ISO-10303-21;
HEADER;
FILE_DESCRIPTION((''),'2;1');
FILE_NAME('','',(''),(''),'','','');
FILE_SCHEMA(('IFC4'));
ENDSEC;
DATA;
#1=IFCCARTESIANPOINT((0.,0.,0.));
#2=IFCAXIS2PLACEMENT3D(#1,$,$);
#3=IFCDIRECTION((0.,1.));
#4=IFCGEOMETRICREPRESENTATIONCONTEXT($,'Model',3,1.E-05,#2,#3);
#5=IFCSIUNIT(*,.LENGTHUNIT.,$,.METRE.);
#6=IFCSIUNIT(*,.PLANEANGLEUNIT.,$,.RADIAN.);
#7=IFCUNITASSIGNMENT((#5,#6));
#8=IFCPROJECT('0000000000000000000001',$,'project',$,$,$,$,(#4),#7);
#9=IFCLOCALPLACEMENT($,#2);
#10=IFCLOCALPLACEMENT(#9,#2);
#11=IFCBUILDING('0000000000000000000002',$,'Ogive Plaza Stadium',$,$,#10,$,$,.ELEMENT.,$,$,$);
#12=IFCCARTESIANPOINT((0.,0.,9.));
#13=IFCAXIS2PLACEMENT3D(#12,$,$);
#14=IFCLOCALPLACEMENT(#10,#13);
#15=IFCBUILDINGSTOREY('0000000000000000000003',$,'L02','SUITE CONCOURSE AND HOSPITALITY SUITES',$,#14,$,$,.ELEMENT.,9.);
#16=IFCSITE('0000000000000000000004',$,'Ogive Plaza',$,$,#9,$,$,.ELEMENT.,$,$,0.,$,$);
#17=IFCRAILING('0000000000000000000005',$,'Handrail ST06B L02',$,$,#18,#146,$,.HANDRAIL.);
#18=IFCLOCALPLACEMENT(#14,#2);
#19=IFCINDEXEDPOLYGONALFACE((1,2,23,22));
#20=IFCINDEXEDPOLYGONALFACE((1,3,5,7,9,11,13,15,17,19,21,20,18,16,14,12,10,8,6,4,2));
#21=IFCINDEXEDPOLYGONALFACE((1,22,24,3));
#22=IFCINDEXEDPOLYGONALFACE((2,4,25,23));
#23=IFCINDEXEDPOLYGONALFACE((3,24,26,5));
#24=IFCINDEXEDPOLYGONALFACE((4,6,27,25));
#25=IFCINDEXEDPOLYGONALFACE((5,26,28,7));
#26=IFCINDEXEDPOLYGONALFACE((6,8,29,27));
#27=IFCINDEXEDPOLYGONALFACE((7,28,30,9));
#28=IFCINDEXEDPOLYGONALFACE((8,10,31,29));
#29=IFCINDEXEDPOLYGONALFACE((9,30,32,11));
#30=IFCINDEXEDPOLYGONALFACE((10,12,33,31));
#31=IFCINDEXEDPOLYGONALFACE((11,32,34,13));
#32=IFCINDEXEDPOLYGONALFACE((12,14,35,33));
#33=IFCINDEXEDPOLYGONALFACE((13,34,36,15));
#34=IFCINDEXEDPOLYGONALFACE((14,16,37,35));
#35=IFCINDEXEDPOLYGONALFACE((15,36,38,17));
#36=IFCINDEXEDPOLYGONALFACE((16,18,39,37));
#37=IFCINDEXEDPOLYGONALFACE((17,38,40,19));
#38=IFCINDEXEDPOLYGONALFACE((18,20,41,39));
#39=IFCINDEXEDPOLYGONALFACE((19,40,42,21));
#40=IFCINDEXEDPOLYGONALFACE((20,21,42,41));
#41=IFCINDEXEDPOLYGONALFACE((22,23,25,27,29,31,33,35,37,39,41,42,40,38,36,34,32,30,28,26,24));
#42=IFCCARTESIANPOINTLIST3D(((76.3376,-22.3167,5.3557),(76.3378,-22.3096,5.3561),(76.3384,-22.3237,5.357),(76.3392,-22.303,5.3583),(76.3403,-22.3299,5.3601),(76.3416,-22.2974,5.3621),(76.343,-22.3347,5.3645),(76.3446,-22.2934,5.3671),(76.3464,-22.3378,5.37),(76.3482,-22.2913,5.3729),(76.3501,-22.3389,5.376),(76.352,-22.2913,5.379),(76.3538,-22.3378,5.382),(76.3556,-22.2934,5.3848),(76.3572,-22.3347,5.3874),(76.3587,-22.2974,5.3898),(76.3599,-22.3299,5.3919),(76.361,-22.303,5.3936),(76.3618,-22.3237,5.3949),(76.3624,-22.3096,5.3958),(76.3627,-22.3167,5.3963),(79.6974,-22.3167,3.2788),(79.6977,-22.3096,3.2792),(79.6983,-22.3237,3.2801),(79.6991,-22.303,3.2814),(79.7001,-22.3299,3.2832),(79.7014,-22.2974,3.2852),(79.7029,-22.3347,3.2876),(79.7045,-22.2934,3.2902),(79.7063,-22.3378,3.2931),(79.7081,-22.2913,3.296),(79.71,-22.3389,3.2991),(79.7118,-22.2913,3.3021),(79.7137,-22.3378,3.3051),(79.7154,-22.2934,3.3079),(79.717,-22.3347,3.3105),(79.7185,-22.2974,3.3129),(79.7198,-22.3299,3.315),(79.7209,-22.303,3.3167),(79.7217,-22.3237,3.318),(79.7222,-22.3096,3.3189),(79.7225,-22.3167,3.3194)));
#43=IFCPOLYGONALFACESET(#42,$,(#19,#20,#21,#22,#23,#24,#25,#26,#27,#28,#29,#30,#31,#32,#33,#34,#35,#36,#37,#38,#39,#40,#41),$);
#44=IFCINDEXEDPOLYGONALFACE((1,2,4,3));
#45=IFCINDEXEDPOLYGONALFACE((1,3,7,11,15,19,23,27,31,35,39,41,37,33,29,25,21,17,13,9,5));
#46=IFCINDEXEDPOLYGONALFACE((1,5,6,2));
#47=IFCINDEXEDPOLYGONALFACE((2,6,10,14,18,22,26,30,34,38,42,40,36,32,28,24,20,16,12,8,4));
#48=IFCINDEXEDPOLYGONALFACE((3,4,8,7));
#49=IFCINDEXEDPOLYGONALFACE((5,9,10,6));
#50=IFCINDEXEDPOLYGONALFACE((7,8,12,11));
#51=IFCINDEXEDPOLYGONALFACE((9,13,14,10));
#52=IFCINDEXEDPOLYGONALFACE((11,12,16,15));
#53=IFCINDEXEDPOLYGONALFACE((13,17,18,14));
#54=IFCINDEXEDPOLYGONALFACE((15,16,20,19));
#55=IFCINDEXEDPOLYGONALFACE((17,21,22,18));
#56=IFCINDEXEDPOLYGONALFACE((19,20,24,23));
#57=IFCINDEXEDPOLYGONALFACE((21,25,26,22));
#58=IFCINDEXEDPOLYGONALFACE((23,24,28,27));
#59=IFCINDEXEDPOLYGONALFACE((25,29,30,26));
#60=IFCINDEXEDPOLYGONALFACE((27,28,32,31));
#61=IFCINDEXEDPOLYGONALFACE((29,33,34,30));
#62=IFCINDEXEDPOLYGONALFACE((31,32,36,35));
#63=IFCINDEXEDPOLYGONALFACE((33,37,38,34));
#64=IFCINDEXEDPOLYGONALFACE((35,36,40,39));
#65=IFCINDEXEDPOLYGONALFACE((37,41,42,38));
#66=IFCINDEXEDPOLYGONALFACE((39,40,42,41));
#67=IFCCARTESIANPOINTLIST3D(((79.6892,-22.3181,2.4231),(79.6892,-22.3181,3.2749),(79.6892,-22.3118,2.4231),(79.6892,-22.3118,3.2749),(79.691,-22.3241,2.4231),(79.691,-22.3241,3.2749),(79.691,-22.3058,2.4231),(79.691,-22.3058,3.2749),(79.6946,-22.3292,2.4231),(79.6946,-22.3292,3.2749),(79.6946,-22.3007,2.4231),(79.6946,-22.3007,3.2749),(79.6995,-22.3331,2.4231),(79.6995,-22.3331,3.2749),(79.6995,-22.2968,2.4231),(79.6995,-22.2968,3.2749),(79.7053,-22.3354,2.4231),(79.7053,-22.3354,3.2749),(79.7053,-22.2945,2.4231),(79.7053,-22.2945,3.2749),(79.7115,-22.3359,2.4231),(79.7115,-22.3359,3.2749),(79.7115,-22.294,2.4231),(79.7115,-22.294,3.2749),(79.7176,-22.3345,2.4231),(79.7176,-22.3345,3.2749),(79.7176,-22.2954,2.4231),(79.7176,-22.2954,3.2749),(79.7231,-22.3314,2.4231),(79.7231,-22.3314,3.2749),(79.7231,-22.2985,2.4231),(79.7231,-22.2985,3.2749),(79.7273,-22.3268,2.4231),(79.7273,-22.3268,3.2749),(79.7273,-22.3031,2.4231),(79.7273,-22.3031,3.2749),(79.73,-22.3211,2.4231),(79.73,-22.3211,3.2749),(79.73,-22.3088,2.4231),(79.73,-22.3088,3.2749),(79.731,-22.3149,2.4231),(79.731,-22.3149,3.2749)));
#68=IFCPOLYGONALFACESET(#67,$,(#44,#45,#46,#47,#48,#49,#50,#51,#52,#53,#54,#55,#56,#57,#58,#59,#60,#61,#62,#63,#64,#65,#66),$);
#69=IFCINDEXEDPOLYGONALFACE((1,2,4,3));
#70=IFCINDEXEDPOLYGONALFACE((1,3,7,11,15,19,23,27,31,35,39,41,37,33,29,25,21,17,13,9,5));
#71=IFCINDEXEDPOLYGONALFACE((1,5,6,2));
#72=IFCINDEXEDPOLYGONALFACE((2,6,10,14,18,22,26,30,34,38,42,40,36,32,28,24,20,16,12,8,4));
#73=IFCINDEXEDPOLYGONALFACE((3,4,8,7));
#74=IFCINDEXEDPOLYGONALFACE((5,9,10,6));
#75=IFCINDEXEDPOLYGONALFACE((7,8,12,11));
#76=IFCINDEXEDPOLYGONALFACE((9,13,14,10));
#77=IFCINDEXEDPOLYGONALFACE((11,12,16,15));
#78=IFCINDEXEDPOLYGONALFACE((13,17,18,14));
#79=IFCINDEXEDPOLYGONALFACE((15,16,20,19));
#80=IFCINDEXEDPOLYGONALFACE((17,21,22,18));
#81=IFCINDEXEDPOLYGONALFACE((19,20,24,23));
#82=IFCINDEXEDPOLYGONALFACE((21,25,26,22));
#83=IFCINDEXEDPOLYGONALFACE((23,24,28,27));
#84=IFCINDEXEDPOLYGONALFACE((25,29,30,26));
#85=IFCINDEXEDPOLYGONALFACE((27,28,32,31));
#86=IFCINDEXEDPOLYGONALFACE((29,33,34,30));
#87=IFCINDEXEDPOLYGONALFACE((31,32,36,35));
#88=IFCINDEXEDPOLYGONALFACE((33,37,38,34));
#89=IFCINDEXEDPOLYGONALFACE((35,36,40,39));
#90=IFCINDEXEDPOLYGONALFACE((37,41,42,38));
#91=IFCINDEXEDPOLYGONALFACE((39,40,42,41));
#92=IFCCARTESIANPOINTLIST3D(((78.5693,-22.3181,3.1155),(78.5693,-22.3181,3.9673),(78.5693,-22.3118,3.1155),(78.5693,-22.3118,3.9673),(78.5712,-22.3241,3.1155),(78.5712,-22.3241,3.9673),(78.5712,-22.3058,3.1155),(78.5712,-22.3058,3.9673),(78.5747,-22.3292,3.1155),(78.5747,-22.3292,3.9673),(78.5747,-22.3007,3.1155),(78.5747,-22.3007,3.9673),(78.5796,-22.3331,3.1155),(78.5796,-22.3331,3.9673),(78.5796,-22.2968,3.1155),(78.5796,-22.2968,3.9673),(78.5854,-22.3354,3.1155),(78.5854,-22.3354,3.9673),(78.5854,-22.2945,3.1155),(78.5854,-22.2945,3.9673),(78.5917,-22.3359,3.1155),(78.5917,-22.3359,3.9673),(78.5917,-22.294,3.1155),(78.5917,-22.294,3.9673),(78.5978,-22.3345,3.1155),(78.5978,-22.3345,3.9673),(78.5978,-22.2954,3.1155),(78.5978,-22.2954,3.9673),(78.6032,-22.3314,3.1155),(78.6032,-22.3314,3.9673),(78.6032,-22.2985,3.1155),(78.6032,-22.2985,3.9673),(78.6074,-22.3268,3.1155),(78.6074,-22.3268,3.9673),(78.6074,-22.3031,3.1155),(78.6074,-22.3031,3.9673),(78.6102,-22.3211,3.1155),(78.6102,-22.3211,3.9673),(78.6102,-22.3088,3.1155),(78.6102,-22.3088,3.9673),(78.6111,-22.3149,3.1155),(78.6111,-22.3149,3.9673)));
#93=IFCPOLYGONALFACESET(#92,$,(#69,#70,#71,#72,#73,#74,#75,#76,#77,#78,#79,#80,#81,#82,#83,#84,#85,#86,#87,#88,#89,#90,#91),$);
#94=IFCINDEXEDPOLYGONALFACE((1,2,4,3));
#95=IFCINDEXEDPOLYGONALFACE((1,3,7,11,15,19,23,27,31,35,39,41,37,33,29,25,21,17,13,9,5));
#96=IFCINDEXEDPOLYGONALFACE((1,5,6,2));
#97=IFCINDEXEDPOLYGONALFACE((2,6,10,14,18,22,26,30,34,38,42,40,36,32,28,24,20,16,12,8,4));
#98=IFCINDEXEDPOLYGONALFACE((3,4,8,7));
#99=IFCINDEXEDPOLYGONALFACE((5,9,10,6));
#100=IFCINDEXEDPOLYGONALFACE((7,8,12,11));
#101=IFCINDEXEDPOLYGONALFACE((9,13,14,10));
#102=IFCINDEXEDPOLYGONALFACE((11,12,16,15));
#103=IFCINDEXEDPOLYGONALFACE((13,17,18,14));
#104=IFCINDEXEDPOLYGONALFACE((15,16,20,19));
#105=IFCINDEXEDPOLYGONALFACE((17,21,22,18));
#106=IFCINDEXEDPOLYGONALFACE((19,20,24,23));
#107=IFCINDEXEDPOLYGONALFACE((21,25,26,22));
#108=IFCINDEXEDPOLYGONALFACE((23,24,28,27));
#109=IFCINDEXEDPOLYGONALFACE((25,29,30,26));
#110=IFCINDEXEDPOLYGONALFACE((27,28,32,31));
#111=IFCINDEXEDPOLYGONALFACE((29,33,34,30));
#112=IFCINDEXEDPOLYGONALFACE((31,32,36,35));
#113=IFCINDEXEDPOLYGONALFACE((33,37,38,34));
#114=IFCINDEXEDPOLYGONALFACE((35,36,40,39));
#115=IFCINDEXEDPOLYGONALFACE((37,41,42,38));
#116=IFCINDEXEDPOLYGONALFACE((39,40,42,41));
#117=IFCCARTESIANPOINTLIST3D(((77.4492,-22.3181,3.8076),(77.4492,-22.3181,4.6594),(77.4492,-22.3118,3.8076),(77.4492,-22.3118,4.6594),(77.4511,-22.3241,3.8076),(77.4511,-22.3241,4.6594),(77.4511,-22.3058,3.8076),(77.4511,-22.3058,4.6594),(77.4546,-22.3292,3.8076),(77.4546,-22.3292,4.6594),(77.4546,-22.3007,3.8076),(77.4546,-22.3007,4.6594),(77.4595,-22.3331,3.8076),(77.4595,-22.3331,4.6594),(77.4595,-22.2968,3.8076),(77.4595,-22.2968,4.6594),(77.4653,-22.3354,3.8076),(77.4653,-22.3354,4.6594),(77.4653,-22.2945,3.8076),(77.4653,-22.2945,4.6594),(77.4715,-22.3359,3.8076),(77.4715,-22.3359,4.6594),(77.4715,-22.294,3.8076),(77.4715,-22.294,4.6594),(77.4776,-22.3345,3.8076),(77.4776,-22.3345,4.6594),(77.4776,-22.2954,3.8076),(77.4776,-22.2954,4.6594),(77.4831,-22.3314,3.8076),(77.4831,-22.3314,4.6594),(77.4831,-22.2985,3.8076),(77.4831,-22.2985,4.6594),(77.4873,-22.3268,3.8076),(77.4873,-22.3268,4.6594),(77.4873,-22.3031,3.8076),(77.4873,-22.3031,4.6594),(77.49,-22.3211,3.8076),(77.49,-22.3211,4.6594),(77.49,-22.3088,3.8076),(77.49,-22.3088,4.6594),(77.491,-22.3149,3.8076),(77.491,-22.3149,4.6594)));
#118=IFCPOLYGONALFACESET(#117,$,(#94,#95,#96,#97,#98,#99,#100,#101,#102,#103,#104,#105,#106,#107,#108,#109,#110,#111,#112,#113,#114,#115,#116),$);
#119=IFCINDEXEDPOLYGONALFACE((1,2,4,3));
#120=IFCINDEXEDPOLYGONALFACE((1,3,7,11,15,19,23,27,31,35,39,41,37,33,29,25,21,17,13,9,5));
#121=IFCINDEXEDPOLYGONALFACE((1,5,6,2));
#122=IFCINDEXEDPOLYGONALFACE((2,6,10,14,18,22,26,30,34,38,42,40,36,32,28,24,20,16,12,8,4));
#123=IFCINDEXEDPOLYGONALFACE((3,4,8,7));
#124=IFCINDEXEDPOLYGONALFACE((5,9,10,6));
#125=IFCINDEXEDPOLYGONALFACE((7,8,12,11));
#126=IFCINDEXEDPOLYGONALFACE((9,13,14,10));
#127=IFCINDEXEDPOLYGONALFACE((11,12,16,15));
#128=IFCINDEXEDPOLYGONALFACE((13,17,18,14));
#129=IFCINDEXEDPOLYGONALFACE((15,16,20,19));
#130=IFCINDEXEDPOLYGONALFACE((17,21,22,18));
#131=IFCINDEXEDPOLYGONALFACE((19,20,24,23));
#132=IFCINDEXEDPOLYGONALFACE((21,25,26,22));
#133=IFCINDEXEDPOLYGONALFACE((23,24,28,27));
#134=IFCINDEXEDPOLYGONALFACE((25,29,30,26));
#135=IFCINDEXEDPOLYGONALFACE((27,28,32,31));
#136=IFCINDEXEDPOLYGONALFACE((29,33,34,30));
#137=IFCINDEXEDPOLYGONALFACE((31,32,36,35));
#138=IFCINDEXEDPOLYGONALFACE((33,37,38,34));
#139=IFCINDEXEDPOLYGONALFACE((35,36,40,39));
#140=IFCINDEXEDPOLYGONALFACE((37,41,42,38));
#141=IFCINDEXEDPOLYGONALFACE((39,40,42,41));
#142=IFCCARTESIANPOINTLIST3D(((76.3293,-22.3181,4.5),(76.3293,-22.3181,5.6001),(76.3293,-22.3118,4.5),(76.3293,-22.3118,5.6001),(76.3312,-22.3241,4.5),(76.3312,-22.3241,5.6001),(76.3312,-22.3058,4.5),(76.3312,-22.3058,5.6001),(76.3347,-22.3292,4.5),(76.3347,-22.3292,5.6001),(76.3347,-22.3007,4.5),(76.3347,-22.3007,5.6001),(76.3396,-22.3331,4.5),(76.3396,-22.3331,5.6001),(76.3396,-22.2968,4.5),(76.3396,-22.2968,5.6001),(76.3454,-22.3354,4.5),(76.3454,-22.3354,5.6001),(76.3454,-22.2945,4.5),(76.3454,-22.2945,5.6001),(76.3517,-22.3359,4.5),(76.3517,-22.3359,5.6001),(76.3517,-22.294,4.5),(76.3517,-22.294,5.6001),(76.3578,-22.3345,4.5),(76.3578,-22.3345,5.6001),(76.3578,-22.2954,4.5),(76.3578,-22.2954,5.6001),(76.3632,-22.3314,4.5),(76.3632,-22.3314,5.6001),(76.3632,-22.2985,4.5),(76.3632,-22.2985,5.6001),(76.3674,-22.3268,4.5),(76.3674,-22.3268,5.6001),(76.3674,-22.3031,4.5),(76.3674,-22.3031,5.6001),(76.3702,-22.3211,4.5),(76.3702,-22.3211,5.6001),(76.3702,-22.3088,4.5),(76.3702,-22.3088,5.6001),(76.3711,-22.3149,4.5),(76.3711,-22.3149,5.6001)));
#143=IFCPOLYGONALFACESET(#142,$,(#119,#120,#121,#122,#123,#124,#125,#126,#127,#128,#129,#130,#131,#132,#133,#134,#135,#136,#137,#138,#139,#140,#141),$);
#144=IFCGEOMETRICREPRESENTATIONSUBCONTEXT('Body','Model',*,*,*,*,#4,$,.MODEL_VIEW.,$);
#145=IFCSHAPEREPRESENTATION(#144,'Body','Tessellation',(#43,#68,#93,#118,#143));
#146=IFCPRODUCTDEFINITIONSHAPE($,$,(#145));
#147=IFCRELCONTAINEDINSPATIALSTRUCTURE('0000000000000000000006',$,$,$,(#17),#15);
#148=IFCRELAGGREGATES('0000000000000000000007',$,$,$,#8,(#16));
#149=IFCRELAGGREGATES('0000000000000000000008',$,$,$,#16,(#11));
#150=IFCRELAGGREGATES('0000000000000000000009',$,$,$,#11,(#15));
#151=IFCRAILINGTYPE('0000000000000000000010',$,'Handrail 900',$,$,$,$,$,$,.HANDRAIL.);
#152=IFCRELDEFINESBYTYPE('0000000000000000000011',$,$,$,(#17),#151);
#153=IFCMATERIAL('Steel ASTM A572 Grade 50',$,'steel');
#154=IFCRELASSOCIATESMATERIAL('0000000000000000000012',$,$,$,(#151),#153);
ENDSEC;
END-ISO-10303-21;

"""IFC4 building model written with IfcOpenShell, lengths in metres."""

from ifc_helpers import new_model, si_unit, direction, frame, origin, origin_2d, place, context, subcontext, project, spatial, circle, extrude, material, type_object, element, save


model = new_model("IFC4")

# Units and contexts
model_context = context("Model", 3, precision=1e-05, world=origin(), true_north=direction((0.0, 1.0)))
body_context = subcontext(model_context, "Body", "Model", "MODEL_VIEW")
ifc_project = project(units=[si_unit("LENGTHUNIT", "METRE"), si_unit("PLANEANGLEUNIT", "RADIAN")], contexts=[model_context])

# Site, building, storey
site_placement = place(None, origin())
site = spatial("IfcSite", under=ifc_project, at=site_placement, Name="Ogive Plaza", CompositionType="ELEMENT", RefElevation=0.0)
building_placement = place(site_placement, origin())
building = spatial("IfcBuilding", under=site, at=building_placement, Name="Ogive Plaza Stadium", CompositionType="ELEMENT")
storey_placement = place(building_placement, frame((0.0, 0.0, 9.0)))
storey = spatial("IfcBuildingStorey", under=building, at=storey_placement, Name="L02", Description="SUITE CONCOURSE AND HOSPITALITY SUITES", CompositionType="ELEMENT", Elevation=9.0)

# Railing
ifc_material_1 = material(Name="Steel ASTM A572 Grade 50", Category="steel")
railing_type_1 = type_object("IfcRailingType", Name="Handrail 900", PredefinedType="HANDRAIL", material=ifc_material_1)
for number, where, name in (
    (1, (79.71, -22.3149, 2.4231), "Handrail ST06B L02"),
):
    element("IfcRailing", number, at=place(storey_placement, frame(where)), inside=storey, type_object=railing_type_1, Name=name, PredefinedType="HANDRAIL", context=body_context, shape_type="SweptSolid", body=[
        extrude(circle(Radius=0.0239, at=origin_2d()), frame((0.0, 0.0, 0.876), z_axis=(-0.850606, 0.0, 0.525803), x_axis=(0.0, -1.0, 0.0)), (0.0, 0.0, 1.0), 3.95),
        extrude(circle(Radius=0.021, at=origin_2d()), origin(), (0.0, 0.0, 1.0), 0.8518),
        extrude(circle(Radius=0.021, at=origin_2d()), frame((-1.1199, 0.0, 0.6924)), (0.0, 0.0, 1.0), 0.8518),
        extrude(circle(Radius=0.021, at=origin_2d()), frame((-2.24, 0.0, 1.3845)), (0.0, 0.0, 1.0), 0.8518),
        extrude(circle(Radius=0.021, at=origin_2d()), frame((-3.3599, 0.0, 2.0769)), (0.0, 0.0, 1.0), 1.1001),
    ])

save(model, "model.ifc")
